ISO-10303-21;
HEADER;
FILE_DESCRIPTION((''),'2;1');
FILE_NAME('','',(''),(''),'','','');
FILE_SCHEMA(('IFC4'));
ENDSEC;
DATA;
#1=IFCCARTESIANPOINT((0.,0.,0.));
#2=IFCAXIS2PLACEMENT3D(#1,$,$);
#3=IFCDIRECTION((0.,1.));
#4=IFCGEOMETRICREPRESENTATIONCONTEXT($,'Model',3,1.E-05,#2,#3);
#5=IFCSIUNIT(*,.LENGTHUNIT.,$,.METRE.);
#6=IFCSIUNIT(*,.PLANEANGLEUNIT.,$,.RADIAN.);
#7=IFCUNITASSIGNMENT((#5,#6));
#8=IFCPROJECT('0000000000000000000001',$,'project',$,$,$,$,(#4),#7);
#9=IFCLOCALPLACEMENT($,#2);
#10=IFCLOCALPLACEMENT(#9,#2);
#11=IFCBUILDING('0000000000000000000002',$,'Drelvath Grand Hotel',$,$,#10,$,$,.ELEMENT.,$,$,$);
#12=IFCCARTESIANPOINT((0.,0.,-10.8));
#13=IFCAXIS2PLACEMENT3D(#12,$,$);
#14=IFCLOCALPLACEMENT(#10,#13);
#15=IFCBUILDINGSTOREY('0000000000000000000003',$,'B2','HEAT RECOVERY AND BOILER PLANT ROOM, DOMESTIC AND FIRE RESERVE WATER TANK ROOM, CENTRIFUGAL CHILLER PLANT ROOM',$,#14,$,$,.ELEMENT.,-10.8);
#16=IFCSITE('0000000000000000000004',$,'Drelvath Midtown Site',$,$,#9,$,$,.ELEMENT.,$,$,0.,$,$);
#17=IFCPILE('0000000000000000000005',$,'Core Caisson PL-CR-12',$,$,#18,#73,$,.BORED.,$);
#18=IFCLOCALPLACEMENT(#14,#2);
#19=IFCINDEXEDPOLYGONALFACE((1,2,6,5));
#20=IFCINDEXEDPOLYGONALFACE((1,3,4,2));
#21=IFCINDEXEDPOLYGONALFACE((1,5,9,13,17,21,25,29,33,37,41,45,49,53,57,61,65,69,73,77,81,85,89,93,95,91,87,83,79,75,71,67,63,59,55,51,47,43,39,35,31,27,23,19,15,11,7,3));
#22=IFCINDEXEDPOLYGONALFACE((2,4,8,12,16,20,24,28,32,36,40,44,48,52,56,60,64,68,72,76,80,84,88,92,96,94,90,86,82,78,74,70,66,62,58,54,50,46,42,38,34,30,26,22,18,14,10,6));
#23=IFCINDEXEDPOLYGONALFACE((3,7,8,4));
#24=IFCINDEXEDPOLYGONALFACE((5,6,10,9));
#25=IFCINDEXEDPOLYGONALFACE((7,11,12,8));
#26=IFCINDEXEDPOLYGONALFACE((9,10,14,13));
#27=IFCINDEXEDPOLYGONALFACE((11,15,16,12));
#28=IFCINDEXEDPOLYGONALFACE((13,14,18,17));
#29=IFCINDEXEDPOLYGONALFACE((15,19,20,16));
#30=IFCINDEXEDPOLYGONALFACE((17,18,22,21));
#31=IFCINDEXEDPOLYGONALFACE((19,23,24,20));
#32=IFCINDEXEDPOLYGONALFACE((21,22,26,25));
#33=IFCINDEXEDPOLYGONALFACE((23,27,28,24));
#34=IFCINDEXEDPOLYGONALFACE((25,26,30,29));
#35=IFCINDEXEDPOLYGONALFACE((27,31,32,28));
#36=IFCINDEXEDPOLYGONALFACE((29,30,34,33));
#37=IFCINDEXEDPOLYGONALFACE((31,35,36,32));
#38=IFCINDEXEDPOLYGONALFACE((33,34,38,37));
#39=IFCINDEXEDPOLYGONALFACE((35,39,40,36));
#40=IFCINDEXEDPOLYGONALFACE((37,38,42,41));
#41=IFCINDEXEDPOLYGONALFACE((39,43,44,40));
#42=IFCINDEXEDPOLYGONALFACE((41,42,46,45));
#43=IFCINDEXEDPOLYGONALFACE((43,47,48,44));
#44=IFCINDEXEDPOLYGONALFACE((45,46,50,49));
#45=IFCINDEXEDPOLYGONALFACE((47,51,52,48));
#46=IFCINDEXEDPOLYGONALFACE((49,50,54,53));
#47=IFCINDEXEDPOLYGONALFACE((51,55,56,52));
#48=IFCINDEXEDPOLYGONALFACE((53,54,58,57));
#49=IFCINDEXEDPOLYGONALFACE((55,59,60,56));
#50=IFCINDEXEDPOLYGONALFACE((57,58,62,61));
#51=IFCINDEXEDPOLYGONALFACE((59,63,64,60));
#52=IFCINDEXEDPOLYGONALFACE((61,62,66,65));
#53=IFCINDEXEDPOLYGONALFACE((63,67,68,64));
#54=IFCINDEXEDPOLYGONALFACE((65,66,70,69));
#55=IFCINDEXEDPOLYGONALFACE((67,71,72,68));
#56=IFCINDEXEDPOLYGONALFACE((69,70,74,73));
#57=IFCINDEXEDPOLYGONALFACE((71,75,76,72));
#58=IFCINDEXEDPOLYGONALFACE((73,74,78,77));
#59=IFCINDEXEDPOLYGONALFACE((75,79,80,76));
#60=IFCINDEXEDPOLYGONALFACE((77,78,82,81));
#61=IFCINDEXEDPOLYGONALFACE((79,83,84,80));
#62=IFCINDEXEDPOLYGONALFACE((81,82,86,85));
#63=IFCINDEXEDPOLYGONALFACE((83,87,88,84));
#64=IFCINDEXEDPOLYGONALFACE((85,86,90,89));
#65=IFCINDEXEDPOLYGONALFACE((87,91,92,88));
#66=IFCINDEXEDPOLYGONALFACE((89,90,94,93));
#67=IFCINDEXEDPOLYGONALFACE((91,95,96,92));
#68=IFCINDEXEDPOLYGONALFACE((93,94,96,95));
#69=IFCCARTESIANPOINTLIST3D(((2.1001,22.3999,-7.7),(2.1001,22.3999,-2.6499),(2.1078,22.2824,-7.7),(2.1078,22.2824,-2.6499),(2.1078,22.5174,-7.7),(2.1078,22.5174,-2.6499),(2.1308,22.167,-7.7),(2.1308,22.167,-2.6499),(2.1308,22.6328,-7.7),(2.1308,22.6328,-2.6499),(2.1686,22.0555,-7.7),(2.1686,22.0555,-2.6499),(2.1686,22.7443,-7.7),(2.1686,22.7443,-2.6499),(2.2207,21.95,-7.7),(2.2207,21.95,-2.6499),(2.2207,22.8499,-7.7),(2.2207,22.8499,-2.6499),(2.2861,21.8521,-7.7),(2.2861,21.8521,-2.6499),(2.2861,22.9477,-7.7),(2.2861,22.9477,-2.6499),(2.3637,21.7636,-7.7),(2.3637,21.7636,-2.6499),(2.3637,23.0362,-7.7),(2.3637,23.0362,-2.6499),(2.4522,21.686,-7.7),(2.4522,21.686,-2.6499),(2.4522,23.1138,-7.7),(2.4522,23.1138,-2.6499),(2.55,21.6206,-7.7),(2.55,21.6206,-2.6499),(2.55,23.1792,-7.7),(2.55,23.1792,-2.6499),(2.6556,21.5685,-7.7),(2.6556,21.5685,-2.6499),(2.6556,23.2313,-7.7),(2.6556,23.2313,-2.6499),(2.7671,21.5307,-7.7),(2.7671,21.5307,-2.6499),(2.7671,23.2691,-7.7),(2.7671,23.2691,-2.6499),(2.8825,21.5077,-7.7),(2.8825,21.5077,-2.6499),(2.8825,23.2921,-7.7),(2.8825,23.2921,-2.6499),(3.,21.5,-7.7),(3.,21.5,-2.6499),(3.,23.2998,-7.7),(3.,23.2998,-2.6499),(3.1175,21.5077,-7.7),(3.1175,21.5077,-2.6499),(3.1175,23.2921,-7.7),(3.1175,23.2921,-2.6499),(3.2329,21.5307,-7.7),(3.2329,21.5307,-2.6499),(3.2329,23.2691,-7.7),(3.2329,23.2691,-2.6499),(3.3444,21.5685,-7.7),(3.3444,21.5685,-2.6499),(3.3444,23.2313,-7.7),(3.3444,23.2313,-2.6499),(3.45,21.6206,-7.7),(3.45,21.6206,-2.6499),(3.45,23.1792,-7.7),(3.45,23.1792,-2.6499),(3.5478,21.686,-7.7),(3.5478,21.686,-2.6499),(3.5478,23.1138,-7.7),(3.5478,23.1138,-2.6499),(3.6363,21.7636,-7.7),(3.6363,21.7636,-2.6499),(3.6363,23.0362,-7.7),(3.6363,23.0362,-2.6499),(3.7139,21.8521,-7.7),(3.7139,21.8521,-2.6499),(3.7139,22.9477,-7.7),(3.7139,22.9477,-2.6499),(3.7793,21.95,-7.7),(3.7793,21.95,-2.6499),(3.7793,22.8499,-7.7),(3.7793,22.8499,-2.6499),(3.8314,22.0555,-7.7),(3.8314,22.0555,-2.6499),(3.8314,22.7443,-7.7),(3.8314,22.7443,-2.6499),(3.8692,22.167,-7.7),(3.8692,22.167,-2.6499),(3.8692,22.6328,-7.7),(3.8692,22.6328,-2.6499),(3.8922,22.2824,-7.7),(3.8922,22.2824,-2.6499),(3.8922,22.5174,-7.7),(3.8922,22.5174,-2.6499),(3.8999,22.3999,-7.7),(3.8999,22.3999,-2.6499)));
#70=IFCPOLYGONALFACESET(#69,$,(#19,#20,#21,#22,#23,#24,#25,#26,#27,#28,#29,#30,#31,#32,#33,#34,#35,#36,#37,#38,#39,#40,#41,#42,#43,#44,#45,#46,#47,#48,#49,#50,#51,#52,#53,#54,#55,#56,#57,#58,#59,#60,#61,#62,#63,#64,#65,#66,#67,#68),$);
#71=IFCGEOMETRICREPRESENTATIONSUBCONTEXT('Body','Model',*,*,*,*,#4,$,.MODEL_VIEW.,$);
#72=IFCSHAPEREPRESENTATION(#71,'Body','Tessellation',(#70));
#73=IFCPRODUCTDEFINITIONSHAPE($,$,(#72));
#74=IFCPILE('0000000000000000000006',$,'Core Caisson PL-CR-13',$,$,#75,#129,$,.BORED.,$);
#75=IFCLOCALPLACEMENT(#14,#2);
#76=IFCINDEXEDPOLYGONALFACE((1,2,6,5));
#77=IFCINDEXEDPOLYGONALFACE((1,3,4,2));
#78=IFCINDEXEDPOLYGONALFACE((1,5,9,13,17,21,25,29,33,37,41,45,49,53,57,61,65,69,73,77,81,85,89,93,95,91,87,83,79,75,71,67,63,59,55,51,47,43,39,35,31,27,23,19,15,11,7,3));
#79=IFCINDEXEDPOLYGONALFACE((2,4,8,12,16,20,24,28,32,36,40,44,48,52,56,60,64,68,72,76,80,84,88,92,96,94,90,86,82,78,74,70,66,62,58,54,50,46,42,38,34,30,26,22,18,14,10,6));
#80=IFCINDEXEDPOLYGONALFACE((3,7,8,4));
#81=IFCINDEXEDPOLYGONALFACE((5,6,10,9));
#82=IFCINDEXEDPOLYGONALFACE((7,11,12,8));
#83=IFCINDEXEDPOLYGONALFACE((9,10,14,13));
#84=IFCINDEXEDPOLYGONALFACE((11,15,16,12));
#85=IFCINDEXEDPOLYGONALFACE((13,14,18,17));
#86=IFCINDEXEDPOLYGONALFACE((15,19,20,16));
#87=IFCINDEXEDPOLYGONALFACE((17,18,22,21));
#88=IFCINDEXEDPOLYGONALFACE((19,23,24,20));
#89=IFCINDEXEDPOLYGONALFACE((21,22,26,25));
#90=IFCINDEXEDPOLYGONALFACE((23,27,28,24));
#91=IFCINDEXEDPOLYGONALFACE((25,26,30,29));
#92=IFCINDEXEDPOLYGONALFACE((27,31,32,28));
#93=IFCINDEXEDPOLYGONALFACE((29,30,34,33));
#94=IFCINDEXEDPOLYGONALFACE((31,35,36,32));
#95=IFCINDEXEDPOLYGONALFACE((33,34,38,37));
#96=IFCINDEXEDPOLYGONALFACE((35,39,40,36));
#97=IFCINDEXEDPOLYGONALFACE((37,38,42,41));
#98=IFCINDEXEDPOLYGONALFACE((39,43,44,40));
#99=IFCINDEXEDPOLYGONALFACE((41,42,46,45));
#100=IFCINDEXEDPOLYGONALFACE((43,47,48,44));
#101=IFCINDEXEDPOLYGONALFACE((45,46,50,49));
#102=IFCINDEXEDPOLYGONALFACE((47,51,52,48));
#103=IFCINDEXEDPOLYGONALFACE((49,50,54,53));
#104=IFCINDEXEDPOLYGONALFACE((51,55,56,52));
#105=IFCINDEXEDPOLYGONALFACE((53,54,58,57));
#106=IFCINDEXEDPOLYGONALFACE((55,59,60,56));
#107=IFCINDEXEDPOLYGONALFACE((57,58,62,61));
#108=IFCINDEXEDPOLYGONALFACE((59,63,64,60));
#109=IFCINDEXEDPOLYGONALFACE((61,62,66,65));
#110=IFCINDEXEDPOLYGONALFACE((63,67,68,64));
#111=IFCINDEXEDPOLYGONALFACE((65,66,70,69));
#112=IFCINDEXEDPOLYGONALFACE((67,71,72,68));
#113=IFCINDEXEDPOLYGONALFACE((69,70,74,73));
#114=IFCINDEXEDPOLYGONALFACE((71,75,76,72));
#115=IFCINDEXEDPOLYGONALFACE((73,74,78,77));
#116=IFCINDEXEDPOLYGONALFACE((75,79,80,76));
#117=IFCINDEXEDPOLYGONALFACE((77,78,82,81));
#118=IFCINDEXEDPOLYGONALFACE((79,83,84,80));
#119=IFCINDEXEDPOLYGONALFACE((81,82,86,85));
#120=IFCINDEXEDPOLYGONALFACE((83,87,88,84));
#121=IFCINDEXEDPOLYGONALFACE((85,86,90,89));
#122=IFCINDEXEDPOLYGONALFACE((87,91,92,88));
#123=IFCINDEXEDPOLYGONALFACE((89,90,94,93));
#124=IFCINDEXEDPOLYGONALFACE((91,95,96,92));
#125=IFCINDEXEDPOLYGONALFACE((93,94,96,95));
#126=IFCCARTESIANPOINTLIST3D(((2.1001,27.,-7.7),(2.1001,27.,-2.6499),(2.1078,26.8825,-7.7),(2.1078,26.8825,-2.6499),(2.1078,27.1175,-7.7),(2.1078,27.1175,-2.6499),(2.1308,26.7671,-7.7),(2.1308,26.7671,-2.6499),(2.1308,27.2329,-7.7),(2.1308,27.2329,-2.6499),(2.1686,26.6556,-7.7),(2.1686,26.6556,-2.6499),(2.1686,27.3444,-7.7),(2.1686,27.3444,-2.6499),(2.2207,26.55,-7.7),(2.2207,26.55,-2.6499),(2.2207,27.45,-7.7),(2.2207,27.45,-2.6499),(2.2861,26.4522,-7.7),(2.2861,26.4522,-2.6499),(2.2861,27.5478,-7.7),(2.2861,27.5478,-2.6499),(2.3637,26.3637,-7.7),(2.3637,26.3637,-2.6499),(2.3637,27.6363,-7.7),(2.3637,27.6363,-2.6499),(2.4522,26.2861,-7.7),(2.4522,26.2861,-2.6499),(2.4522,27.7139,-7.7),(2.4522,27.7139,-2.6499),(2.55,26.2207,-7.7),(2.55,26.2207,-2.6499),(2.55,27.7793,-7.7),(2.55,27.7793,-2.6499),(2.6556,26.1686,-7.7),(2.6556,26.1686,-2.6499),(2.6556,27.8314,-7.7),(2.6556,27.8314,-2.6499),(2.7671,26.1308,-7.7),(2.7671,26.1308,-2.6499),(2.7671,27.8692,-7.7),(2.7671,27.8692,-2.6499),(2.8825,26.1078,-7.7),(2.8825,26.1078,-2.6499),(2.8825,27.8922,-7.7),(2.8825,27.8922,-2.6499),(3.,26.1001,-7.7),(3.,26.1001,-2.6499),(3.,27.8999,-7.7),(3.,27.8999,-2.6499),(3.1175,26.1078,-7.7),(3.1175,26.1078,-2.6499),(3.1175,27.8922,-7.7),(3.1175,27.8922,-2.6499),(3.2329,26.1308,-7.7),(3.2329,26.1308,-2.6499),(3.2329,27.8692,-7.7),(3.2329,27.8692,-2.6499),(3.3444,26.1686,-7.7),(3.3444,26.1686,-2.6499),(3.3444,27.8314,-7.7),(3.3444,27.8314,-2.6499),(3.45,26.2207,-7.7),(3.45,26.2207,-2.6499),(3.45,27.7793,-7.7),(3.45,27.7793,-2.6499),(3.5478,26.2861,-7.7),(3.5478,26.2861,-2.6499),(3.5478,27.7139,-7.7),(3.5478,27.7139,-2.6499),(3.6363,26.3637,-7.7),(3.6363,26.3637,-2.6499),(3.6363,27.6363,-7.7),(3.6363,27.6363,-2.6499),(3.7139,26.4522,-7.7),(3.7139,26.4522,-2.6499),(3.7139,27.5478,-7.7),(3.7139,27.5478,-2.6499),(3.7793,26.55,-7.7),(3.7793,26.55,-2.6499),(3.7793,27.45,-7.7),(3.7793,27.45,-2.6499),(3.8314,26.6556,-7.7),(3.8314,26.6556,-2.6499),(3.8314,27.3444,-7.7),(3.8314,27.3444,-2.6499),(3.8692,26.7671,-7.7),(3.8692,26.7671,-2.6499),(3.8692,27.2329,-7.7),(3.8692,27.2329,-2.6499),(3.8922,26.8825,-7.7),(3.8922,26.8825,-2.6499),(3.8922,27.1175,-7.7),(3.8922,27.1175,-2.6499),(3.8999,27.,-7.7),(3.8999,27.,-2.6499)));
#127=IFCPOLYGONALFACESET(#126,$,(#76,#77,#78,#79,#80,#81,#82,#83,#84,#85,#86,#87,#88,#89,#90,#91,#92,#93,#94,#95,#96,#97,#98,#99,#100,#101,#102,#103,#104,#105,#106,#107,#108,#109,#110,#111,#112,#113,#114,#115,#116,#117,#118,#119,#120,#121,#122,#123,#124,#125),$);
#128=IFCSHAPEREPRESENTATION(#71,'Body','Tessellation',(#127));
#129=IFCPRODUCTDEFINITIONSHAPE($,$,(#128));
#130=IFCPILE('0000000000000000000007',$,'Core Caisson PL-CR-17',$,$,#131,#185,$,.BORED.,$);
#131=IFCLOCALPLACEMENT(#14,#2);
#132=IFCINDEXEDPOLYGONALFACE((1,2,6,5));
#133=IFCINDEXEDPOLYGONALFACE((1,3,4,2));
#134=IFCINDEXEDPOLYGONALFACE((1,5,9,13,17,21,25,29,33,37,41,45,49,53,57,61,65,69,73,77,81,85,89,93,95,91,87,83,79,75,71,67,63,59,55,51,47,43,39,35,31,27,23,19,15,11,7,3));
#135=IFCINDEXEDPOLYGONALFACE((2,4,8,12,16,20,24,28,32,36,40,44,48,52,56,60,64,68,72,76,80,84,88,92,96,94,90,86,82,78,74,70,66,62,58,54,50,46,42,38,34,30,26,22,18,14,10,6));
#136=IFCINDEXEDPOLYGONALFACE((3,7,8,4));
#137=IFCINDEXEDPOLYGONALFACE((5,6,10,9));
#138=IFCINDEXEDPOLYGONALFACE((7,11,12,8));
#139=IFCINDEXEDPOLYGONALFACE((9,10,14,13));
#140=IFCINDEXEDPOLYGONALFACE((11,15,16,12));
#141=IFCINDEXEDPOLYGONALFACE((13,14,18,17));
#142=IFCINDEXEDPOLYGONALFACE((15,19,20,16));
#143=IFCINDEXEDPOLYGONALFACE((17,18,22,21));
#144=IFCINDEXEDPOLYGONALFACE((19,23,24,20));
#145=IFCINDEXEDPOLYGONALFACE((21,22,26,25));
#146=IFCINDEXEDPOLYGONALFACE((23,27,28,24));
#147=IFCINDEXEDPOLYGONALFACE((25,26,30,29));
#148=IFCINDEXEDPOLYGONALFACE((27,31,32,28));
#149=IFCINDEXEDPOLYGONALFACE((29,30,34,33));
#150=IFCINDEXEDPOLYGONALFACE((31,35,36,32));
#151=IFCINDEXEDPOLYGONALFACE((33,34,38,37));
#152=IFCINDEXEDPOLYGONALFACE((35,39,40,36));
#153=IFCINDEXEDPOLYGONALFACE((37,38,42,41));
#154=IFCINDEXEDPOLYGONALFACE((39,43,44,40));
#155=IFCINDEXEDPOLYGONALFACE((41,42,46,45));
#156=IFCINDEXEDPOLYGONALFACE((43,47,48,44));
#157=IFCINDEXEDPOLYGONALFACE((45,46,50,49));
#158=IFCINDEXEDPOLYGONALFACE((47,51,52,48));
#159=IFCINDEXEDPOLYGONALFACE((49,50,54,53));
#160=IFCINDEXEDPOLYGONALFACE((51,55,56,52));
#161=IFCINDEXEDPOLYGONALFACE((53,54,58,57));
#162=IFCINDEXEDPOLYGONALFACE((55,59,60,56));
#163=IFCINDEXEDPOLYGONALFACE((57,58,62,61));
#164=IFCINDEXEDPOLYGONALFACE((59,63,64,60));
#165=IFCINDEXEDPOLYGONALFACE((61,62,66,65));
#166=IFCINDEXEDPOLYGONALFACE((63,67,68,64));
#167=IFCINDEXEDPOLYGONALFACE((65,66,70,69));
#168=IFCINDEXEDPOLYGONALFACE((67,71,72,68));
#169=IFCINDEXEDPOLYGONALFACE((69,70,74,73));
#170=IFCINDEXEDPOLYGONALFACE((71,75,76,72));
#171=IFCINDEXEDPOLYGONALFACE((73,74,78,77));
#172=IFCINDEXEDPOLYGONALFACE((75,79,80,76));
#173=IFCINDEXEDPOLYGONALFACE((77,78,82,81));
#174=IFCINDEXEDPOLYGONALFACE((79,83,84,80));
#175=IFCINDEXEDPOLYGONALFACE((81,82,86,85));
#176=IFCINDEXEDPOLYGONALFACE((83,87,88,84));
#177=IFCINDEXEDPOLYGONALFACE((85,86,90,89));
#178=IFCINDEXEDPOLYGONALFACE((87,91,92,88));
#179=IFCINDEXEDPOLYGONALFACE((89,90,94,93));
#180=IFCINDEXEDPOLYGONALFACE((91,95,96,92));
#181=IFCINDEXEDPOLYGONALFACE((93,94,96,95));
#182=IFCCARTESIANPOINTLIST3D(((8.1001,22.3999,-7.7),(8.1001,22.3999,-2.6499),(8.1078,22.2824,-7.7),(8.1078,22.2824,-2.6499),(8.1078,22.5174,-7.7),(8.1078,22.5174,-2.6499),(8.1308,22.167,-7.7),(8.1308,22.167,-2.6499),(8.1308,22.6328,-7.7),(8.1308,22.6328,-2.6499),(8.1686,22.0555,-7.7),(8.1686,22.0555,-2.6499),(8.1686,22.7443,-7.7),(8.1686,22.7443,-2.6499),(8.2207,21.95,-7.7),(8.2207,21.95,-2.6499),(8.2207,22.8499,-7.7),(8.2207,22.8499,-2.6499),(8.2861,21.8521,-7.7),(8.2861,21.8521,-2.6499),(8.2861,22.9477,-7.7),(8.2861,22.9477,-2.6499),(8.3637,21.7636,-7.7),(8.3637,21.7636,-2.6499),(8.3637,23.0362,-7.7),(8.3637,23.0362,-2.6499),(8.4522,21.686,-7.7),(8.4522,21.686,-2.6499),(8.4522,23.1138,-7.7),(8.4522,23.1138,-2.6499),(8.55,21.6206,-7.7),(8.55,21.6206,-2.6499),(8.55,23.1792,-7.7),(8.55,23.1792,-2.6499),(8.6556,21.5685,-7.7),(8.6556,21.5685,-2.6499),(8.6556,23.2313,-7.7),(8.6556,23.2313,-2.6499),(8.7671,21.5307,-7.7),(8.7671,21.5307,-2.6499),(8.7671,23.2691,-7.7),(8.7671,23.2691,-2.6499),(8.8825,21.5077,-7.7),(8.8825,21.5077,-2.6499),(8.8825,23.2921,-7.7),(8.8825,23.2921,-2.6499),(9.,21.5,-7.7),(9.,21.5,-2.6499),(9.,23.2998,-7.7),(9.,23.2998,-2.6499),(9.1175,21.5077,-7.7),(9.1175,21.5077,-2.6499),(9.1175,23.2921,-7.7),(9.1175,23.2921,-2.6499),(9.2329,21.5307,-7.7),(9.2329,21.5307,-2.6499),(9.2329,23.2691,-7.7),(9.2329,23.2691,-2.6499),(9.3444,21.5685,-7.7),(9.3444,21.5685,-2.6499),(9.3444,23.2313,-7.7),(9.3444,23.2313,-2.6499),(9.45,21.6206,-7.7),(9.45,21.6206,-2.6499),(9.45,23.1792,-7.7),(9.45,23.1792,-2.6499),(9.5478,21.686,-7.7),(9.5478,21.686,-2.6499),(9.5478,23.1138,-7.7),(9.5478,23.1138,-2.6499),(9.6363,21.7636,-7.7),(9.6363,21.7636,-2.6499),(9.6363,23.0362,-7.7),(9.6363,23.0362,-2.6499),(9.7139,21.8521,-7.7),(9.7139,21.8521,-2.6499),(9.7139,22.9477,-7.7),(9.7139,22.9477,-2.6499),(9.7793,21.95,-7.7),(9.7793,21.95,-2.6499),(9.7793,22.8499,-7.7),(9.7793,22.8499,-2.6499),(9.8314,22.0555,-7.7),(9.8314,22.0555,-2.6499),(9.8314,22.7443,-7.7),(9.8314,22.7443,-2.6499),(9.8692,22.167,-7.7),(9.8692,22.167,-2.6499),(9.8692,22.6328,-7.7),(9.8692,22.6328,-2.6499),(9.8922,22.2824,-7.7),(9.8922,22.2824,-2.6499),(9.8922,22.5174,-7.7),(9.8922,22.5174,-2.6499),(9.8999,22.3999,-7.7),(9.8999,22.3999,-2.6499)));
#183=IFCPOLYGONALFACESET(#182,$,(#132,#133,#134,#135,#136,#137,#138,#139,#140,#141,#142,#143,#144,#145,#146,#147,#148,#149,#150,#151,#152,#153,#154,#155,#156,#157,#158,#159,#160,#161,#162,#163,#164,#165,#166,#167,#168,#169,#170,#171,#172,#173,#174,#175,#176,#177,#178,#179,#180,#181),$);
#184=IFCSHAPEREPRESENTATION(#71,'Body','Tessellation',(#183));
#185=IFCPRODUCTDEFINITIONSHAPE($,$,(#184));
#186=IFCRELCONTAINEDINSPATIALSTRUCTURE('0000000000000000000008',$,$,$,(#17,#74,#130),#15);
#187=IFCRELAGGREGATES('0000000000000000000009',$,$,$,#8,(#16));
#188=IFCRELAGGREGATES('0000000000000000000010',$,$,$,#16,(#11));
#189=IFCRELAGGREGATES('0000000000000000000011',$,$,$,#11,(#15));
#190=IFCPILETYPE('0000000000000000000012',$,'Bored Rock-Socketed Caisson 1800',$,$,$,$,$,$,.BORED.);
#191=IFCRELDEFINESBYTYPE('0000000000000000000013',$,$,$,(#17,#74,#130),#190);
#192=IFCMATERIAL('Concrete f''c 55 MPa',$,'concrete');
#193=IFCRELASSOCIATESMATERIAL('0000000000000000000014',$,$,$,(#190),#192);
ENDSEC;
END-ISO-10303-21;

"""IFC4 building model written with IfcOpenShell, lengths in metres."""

from ifc_helpers import new_model, si_unit, direction, frame, origin, origin_2d, place, context, subcontext, project, spatial, circle, extrude, material, material_profile, profile_set, type_object, element, save


model = new_model("IFC4")

# Units and contexts
model_context = context("Model", 3, precision=1e-05, world=origin(), true_north=direction((0.0, 1.0)))
body_context = subcontext(model_context, "Body", "Model", "MODEL_VIEW")
ifc_project = project(units=[si_unit("LENGTHUNIT", "METRE"), si_unit("PLANEANGLEUNIT", "RADIAN")], contexts=[model_context])

# Site, building, storey
site_placement = place(None, origin())
site = spatial("IfcSite", under=ifc_project, at=site_placement, Name="Drelvath Midtown Site", CompositionType="ELEMENT", RefElevation=0.0)
building_placement = place(site_placement, origin())
building = spatial("IfcBuilding", under=site, at=building_placement, Name="Drelvath Grand Hotel", CompositionType="ELEMENT")
storey_placement = place(building_placement, frame((0.0, 0.0, -10.8)))
storey = spatial("IfcBuildingStorey", under=building, at=storey_placement, Name="B2", Description="HEAT RECOVERY AND BOILER PLANT ROOM, DOMESTIC AND FIRE RESERVE WATER TANK ROOM, CENTRIFUGAL CHILLER PLANT ROOM", CompositionType="ELEMENT", Elevation=-10.8)

# Piles
ifc_material_1 = material(Name="Concrete f'c 55 MPa", Category="concrete")
ifc_material_profile_1 = material_profile(ifc_material_1, circle(Radius=0.8999, at=origin_2d()), Name="CAISSON1800")
ifc_profile_set_1 = profile_set([ifc_material_profile_1], Name="Concrete f'c 55 MPa")
pile_type = type_object("IfcPileType", Name="Bored Rock-Socketed Caisson 1800", PredefinedType="BORED", material=ifc_profile_set_1)
for number, where, z_axis, x_axis, name in (
    (1, (3.0, 22.3999, -2.6499), (0.0, 0.0, -1.0), (1.0, 0.0, 0.0), "Core Caisson PL-CR-12"),
    (2, (3.0, 27.0, -2.6499), (0.0, 0.0, -1.0), (1.0, 0.0, 0.0), "Core Caisson PL-CR-13"),
    (3, (9.0, 22.3999, -2.6499), (0.0, 0.0, -1.0), (1.0, 0.0, 0.0), "Core Caisson PL-CR-17"),
):
    element("IfcPile", number, at=place(storey_placement, frame(where, z_axis=z_axis, x_axis=x_axis)), inside=storey, type_object=pile_type, Name=name, PredefinedType="BORED", context=body_context, shape_type="SweptSolid", body=[
        extrude(circle(Radius=0.8999, at=origin_2d()), origin(), (0.0, 0.0, 1.0), 5.05),
    ])

save(model, "model.ifc")
